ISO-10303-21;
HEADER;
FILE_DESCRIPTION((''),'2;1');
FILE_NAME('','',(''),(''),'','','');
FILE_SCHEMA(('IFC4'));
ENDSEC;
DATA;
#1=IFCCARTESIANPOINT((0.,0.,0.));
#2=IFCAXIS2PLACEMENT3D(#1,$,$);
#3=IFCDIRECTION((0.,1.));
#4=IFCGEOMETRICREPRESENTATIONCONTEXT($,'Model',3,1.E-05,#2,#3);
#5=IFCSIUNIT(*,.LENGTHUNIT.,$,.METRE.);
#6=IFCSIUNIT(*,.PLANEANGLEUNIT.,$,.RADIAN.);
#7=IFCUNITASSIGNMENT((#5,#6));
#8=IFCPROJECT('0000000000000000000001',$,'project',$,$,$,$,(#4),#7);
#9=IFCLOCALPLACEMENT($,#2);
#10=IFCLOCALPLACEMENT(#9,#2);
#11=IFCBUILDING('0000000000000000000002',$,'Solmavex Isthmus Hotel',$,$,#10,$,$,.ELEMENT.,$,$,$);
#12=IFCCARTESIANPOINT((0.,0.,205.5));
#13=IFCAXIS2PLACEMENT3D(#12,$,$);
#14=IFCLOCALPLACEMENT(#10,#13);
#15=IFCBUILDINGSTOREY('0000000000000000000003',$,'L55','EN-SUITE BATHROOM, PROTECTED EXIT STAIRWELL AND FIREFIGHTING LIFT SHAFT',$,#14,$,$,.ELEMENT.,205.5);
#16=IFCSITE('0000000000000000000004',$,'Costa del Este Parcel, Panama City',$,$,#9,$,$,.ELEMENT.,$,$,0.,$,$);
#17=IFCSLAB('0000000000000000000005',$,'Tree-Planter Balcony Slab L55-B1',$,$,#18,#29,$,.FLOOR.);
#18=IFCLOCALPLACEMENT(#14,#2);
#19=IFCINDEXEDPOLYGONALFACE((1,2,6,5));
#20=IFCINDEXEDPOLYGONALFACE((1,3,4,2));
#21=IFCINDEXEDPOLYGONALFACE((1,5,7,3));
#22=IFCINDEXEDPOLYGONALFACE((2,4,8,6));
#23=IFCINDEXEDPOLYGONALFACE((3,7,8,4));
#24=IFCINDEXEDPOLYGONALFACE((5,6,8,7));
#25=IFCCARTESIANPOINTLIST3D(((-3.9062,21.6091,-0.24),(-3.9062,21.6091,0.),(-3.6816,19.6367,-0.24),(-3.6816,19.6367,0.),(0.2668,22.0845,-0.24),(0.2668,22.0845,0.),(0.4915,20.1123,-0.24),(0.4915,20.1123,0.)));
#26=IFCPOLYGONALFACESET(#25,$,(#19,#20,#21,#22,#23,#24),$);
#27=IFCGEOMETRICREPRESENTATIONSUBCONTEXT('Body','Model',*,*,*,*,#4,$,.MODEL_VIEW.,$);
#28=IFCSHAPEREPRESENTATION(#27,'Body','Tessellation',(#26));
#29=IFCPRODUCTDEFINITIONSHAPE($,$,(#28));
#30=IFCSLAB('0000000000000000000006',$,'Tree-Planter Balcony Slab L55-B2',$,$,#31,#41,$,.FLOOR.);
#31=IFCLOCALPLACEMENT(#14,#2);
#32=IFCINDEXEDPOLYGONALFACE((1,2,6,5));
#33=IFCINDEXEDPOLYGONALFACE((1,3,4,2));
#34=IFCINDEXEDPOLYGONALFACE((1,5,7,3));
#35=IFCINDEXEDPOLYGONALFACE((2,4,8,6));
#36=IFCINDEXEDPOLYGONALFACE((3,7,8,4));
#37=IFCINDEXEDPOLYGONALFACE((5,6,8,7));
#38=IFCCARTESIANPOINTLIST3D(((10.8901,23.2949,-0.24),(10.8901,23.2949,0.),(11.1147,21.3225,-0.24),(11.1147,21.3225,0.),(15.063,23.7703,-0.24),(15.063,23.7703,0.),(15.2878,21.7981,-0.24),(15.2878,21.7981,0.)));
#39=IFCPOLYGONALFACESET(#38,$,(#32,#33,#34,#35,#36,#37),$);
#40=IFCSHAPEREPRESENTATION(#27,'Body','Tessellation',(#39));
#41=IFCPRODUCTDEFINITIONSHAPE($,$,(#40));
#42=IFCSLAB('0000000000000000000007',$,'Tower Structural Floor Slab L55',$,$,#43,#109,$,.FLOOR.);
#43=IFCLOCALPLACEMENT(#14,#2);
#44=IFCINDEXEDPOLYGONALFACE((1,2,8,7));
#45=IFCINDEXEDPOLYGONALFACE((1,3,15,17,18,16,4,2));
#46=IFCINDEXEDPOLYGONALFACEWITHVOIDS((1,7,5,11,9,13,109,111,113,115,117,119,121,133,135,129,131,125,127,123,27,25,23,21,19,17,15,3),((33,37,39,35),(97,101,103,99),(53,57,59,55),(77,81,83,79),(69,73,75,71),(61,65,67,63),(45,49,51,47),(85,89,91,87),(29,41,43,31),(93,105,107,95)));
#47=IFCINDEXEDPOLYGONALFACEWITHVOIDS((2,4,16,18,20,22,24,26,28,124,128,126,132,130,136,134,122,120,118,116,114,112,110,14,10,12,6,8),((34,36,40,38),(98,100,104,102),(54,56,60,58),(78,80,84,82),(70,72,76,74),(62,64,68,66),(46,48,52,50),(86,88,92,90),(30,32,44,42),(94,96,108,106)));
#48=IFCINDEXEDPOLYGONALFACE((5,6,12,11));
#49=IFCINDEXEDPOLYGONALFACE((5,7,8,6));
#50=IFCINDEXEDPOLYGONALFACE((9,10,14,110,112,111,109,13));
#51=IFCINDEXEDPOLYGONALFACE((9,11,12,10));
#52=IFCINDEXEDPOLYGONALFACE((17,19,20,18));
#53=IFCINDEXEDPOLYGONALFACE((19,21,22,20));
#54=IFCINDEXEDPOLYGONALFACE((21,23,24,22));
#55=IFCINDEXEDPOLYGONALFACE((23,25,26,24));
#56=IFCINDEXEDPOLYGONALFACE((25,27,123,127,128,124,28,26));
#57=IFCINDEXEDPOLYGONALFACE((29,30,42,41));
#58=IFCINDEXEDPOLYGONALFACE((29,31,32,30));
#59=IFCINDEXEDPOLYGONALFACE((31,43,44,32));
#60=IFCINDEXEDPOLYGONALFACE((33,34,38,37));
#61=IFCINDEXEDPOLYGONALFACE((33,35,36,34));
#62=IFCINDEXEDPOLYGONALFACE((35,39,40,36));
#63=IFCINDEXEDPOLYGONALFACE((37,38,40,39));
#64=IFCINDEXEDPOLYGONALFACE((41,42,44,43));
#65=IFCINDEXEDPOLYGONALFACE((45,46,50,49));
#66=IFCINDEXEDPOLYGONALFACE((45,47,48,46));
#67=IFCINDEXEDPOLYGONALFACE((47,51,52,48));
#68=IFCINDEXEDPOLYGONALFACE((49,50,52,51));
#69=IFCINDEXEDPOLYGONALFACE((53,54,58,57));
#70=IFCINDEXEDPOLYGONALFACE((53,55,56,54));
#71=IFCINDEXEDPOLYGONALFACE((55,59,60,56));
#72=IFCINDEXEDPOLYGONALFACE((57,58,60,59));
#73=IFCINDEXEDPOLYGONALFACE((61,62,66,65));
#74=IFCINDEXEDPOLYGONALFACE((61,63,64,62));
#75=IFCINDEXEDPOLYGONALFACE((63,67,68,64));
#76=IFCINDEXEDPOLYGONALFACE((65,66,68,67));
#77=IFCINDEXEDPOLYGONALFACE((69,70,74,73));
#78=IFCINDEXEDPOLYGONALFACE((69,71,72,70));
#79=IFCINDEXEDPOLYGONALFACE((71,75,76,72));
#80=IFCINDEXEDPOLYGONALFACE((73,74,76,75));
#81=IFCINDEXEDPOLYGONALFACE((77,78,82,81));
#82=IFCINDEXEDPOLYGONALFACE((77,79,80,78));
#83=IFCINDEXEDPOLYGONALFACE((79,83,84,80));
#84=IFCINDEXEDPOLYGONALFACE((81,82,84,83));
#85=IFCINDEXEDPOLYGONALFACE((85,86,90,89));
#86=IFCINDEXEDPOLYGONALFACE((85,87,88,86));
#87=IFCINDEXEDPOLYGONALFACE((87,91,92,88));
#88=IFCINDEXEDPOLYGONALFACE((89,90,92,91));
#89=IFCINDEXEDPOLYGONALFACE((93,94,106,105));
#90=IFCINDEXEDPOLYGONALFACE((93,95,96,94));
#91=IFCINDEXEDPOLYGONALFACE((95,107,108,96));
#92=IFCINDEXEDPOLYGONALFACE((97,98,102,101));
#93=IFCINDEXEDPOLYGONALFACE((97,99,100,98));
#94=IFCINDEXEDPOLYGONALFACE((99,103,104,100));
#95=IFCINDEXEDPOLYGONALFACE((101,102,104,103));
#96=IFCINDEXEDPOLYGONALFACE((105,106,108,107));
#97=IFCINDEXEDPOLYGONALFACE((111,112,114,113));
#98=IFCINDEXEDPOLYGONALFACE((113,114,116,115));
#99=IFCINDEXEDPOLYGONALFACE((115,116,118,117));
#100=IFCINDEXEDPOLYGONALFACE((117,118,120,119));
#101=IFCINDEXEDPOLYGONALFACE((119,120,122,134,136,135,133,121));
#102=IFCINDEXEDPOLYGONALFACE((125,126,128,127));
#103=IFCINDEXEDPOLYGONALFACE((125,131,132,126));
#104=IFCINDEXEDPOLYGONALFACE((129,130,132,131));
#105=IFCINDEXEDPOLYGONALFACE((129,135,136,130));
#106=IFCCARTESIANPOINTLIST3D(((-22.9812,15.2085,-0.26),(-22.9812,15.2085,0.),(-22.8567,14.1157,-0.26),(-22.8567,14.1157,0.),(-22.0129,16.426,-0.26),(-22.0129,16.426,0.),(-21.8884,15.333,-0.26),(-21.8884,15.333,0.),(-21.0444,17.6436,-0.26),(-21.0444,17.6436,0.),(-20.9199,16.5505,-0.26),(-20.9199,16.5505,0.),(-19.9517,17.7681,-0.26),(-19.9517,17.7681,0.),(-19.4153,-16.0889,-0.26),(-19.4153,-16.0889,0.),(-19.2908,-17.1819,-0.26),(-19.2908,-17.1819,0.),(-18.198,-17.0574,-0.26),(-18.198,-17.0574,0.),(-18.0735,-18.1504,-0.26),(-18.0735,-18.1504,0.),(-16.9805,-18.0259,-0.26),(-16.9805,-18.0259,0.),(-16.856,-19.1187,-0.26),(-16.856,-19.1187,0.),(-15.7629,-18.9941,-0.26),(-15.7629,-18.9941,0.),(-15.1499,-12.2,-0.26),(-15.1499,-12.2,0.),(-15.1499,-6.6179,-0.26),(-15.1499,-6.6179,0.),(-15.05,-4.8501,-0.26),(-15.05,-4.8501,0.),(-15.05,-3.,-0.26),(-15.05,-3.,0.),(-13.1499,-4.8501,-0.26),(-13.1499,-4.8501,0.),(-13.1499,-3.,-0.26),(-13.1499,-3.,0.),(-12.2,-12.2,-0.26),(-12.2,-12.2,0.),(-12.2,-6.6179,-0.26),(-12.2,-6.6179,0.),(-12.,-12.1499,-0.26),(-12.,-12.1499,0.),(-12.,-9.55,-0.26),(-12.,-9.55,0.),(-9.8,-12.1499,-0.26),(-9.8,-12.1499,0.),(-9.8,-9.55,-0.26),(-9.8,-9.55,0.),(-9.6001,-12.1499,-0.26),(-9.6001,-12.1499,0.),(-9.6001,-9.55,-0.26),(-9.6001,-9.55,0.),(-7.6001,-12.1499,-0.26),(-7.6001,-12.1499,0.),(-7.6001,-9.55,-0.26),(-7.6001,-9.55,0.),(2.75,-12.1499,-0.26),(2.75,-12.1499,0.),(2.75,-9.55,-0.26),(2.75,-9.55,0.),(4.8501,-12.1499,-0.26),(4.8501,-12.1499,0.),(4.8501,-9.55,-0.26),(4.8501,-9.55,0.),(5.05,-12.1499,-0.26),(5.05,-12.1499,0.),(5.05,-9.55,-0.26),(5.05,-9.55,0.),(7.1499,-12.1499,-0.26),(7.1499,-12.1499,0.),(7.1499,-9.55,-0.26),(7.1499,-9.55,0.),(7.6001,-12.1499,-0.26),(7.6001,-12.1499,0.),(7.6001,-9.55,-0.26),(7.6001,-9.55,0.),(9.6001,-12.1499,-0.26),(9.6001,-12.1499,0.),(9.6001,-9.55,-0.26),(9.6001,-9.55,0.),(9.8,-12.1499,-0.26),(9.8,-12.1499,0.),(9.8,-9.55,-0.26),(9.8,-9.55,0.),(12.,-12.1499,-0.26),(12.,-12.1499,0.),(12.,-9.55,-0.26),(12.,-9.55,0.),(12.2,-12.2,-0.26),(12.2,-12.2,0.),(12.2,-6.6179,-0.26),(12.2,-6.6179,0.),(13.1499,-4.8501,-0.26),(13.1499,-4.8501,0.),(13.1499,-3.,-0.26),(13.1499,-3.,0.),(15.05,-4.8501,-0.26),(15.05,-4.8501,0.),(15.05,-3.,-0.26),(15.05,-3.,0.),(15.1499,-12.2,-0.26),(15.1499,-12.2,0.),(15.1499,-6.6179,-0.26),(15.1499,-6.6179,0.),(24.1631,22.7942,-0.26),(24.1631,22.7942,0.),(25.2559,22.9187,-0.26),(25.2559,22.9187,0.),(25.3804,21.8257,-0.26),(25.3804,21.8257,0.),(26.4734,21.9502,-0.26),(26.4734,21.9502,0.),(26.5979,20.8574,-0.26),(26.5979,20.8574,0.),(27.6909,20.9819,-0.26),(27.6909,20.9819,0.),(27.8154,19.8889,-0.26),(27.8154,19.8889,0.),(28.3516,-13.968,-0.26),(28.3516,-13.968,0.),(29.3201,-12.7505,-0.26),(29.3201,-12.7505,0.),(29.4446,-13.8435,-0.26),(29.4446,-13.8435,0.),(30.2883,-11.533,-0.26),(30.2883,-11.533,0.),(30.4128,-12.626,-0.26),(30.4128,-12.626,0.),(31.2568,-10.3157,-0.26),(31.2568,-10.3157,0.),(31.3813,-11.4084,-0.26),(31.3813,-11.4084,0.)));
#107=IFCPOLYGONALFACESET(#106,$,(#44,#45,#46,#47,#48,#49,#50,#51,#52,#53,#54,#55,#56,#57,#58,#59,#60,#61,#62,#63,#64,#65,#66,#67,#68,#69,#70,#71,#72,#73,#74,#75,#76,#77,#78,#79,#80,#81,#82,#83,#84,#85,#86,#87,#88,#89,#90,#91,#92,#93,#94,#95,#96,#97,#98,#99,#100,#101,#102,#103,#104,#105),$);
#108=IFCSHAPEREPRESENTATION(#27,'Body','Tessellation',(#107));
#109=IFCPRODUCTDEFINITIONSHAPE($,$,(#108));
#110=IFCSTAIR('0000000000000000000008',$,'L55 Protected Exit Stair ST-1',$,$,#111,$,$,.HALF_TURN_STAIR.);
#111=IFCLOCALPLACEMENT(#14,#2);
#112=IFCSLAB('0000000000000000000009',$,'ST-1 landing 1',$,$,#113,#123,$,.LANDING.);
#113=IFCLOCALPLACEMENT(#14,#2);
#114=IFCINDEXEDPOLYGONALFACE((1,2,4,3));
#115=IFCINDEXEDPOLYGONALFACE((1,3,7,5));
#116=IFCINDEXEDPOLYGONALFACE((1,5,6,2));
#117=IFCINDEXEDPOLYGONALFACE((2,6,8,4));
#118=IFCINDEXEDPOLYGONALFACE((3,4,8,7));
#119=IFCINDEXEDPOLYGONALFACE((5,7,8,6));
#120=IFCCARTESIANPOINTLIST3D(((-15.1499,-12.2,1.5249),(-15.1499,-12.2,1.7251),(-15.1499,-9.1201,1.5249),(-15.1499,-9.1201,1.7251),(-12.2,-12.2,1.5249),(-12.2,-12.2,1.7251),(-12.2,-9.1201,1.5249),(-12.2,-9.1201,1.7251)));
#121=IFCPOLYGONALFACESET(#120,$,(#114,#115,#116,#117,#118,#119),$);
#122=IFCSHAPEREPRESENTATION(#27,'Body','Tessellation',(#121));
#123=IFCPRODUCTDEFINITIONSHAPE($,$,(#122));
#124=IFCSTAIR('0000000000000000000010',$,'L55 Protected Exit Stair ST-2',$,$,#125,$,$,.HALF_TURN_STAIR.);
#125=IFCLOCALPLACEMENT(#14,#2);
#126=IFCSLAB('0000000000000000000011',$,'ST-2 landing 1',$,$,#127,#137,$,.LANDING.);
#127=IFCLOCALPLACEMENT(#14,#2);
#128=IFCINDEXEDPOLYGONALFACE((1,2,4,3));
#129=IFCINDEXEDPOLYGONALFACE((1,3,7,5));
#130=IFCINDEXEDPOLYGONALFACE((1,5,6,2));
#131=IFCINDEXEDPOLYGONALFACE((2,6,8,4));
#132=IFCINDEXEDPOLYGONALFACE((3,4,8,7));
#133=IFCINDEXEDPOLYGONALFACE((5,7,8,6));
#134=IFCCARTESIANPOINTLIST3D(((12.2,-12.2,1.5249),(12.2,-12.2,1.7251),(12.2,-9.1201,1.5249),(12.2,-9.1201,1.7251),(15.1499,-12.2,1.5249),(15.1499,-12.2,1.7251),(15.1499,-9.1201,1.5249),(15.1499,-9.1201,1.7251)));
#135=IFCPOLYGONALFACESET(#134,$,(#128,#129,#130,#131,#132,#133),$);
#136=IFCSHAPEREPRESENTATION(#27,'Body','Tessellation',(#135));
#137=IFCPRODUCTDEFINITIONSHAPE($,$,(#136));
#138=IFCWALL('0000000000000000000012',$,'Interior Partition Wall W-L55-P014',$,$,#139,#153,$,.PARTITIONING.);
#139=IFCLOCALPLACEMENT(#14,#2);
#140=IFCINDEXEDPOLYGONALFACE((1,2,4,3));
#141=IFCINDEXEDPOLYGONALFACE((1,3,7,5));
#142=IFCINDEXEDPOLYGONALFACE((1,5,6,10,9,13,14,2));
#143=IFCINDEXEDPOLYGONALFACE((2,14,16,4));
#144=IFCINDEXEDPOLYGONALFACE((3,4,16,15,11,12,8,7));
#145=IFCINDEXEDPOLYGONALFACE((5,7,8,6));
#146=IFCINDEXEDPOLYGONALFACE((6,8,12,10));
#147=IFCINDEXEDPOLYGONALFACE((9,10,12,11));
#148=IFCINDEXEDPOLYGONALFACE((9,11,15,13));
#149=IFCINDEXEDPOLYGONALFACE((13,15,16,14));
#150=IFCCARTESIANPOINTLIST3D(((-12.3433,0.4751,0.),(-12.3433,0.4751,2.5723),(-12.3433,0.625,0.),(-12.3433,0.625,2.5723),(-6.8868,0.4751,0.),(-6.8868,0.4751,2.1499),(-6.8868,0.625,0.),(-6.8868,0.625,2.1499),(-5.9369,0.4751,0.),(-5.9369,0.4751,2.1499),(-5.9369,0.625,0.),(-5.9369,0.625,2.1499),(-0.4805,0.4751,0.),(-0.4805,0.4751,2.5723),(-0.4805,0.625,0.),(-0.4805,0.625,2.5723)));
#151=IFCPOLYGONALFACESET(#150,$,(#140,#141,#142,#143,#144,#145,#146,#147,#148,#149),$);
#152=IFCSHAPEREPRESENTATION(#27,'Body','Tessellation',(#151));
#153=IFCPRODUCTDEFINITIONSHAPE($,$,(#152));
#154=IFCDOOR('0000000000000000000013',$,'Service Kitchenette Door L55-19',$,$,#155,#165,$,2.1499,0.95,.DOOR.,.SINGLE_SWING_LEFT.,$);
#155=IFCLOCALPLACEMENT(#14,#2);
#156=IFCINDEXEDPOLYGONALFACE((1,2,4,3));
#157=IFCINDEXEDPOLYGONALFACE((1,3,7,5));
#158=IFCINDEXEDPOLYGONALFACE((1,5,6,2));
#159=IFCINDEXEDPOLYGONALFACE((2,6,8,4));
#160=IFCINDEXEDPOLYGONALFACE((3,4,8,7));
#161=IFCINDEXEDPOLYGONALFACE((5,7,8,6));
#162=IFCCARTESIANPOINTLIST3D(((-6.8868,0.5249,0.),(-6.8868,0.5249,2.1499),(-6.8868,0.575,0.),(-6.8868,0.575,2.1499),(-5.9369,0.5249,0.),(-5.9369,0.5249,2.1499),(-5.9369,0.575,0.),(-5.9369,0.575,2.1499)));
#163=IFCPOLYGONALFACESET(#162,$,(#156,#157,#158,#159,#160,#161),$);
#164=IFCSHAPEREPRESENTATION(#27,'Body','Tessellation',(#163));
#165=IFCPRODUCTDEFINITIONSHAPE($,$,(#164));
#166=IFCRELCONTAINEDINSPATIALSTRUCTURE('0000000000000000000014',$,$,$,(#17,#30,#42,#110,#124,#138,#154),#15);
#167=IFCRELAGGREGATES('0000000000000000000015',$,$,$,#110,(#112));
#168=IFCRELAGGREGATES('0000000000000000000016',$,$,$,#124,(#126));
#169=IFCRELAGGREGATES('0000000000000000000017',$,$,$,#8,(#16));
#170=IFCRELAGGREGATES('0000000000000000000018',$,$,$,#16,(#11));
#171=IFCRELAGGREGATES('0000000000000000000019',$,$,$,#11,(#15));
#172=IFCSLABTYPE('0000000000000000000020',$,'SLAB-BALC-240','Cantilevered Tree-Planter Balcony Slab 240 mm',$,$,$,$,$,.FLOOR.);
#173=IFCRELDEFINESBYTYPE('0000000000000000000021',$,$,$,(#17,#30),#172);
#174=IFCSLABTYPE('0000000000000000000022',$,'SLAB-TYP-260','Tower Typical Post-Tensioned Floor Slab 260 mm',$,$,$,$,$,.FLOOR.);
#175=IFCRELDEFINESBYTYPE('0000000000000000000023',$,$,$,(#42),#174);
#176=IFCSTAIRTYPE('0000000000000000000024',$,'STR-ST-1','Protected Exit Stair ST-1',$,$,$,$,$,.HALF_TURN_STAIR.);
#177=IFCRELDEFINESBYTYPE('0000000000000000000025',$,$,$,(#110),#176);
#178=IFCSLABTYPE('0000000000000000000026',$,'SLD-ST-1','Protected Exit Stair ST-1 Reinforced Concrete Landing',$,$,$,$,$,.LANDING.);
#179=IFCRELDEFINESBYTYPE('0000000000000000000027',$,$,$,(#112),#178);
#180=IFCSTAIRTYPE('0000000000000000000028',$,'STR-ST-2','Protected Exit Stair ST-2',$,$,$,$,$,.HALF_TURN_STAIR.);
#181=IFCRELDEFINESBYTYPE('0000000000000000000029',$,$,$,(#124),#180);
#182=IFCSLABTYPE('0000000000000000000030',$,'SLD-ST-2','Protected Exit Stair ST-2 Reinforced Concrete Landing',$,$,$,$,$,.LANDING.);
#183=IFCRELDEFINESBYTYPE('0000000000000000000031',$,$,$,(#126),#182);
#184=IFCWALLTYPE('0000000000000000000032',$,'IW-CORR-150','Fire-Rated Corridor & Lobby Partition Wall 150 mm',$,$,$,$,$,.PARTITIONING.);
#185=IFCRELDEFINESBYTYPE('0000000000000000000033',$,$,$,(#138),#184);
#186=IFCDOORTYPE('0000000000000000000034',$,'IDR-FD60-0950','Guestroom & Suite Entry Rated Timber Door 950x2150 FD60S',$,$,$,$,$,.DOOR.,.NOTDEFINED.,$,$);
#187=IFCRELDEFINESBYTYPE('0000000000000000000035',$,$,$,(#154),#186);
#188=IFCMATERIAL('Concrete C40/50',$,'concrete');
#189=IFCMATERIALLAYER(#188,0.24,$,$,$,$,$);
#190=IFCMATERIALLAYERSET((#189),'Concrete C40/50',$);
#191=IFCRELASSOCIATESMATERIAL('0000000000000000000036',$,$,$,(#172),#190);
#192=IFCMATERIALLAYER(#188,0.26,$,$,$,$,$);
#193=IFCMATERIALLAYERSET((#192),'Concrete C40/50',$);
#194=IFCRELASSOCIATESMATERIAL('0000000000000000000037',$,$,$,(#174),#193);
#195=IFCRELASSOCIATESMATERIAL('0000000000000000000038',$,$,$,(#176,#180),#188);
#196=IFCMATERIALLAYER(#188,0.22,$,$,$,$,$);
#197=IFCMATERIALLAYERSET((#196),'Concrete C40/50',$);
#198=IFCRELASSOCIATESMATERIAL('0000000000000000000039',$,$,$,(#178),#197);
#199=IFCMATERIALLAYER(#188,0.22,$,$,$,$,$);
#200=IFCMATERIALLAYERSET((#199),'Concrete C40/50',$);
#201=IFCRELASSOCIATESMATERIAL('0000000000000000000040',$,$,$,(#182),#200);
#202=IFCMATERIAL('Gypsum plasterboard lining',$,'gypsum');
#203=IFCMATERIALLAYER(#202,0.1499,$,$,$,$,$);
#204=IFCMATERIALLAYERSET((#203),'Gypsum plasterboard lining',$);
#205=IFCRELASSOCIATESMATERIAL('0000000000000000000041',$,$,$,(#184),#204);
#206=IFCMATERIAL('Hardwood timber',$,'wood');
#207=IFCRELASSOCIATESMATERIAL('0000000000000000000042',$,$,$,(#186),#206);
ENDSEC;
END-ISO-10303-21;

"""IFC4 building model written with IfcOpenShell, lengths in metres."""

from ifc_helpers import new_model, si_unit, direction, frame, frame_2d, origin, place, context, subcontext, project, spatial, polyline, rectangle, outline, extrude, material, layer, layer_set, type_object, element, fill, aggregate, save


model = new_model("IFC4")

# Units and contexts
model_context = context("Model", 3, precision=1e-05, world=origin(), true_north=direction((0.0, 1.0)))
body_context = subcontext(model_context, "Body", "Model", "MODEL_VIEW")
ifc_project = project(units=[si_unit("LENGTHUNIT", "METRE"), si_unit("PLANEANGLEUNIT", "RADIAN")], contexts=[model_context])

# Site, building, storey
site_placement = place(None, origin())
site = spatial("IfcSite", under=ifc_project, at=site_placement, Name="Costa del Este Parcel, Panama City", CompositionType="ELEMENT", RefElevation=0.0)
building_placement = place(site_placement, origin())
building = spatial("IfcBuilding", under=site, at=building_placement, Name="Solmavex Isthmus Hotel", CompositionType="ELEMENT")
storey_placement = place(building_placement, frame((0.0, 0.0, 205.5)))
storey = spatial("IfcBuildingStorey", under=building, at=storey_placement, Name="L55", Description="EN-SUITE BATHROOM, PROTECTED EXIT STAIRWELL AND FIREFIGHTING LIFT SHAFT", CompositionType="ELEMENT", Elevation=205.5)

# Slabs
ifc_material_1 = material(Name="Concrete C40/50", Category="concrete")
ifc_layer_1 = layer(ifc_material_1, 0.24)
ifc_layer_set_1 = layer_set([ifc_layer_1], Name="Concrete C40/50")
slab_type_1 = type_object("IfcSlabType", Name="SLAB-BALC-240", Description="Cantilevered Tree-Planter Balcony Slab 240 mm", PredefinedType="FLOOR", material=ifc_layer_set_1)
slab_1_placement = place(storey_placement, frame((0.0, 0.0, -0.24)))
element("IfcSlab", 1, at=slab_1_placement, inside=storey, type_object=slab_type_1, Name="Tree-Planter Balcony Slab L55-B1", PredefinedType="FLOOR", context=body_context, shape_type="SweptSolid", body=[
    extrude(outline(polyline([(-3.6816, 19.6367), (0.4915, 20.1123), (0.2668, 22.0845), (-3.9062, 21.6091), (-3.6816, 19.6367)])), origin(), (0.0, 0.0, 1.0), 0.24),
])
slab_2_placement = place(storey_placement, frame((0.0, 0.0, -0.24)))
element("IfcSlab", 2, at=slab_2_placement, inside=storey, type_object=slab_type_1, Name="Tree-Planter Balcony Slab L55-B2", PredefinedType="FLOOR", context=body_context, shape_type="SweptSolid", body=[
    extrude(outline(polyline([(11.1147, 21.3225), (15.2878, 21.7981), (15.063, 23.7703), (10.8901, 23.2949), (11.1147, 21.3225)])), origin(), (0.0, 0.0, 1.0), 0.24),
])
ifc_layer_2 = layer(ifc_material_1, 0.26)
ifc_layer_set_2 = layer_set([ifc_layer_2], Name="Concrete C40/50")
slab_type_2 = type_object("IfcSlabType", Name="SLAB-TYP-260", Description="Tower Typical Post-Tensioned Floor Slab 260 mm", PredefinedType="FLOOR", material=ifc_layer_set_2)
slab_3_placement = place(storey_placement, frame((0.0, 0.0, -0.26)))
element("IfcSlab", 3, at=slab_3_placement, inside=storey, type_object=slab_type_2, Name="Tower Structural Floor Slab L55", PredefinedType="FLOOR", context=body_context, shape_type="SweptSolid", body=[
    extrude(outline(polyline([(-15.7629, -18.9941), (28.3516, -13.968), (29.4446, -13.8435), (29.3201, -12.7505), (30.4128, -12.626), (30.2883, -11.533), (31.3813, -11.4084), (31.2568, -10.3157), (27.8154, 19.8889), (27.6909, 20.9819), (26.5979, 20.8574), (26.4734, 21.9502), (25.3804, 21.8257), (25.2559, 22.9187), (24.1631, 22.7942), (-19.9517, 17.7681), (-21.0444, 17.6436), (-20.9199, 16.5505), (-22.0129, 16.426), (-21.8884, 15.333), (-22.9812, 15.2085), (-22.8567, 14.1157), (-19.4153, -16.0889), (-19.2908, -17.1819), (-18.198, -17.0574), (-18.0735, -18.1504), (-16.9805, -18.0259), (-16.856, -19.1187), (-15.7629, -18.9941)]), holes=[polyline([(-15.1499, -6.6179), (-15.1499, -12.2), (-12.2, -12.2), (-12.2, -6.6179), (-15.1499, -6.6179)]), polyline([(12.2, -6.6179), (12.2, -12.2), (15.1499, -12.2), (15.1499, -6.6179), (12.2, -6.6179)]), polyline([(-12.0, -12.1499), (-9.8, -12.1499), (-9.8, -9.55), (-12.0, -9.55), (-12.0, -12.1499)]), polyline([(9.8, -12.1499), (12.0, -12.1499), (12.0, -9.55), (9.8, -9.55), (9.8, -12.1499)]), polyline([(-9.6001, -12.1499), (-7.6001, -12.1499), (-7.6001, -9.55), (-9.6001, -9.55), (-9.6001, -12.1499)]), polyline([(7.6001, -12.1499), (9.6001, -12.1499), (9.6001, -9.55), (7.6001, -9.55), (7.6001, -12.1499)]), polyline([(2.75, -12.1499), (4.8501, -12.1499), (4.8501, -9.55), (2.75, -9.55), (2.75, -12.1499)]), polyline([(5.05, -12.1499), (7.1499, -12.1499), (7.1499, -9.55), (5.05, -9.55), (5.05, -12.1499)]), polyline([(-15.05, -4.8501), (-13.1499, -4.8501), (-13.1499, -3.0), (-15.05, -3.0), (-15.05, -4.8501)]), polyline([(13.1499, -4.8501), (15.05, -4.8501), (15.05, -3.0), (13.1499, -3.0), (13.1499, -4.8501)])]), origin(), (0.0, 0.0, 1.0), 0.26),
])

# Stairs, slabs
stair_type_1 = type_object("IfcStairType", Name="STR-ST-1", Description="Protected Exit Stair ST-1", PredefinedType="HALF_TURN_STAIR", material=ifc_material_1)
stair_1_placement = place(storey_placement, origin())
stair_1 = element("IfcStair", 4, at=stair_1_placement, inside=storey, type_object=stair_type_1, Name="L55 Protected Exit Stair ST-1", PredefinedType="HALF_TURN_STAIR")
ifc_layer_3 = layer(ifc_material_1, 0.22)
ifc_layer_set_3 = layer_set([ifc_layer_3], Name="Concrete C40/50")
slab_type_3 = type_object("IfcSlabType", Name="SLD-ST-1", Description="Protected Exit Stair ST-1 Reinforced Concrete Landing", PredefinedType="LANDING", material=ifc_layer_set_3)
slab_4_placement = place(storey_placement, frame((0.0, 0.0, 1.5249)))
slab_4 = element("IfcSlab", 5, at=slab_4_placement, type_object=slab_type_3, Name="ST-1 landing 1", PredefinedType="LANDING", context=body_context, shape_type="SweptSolid", body=[
    extrude(outline(polyline([(-15.1499, -9.1201), (-15.1499, -12.2), (-12.2, -12.2), (-12.2, -9.1201), (-15.1499, -9.1201)])), origin(), (0.0, 0.0, 1.0), 0.2002),
])
aggregate(stair_1, [slab_4])
stair_type_2 = type_object("IfcStairType", Name="STR-ST-2", Description="Protected Exit Stair ST-2", PredefinedType="HALF_TURN_STAIR", material=ifc_material_1)
stair_2_placement = place(storey_placement, origin())
stair_2 = element("IfcStair", 6, at=stair_2_placement, inside=storey, type_object=stair_type_2, Name="L55 Protected Exit Stair ST-2", PredefinedType="HALF_TURN_STAIR")
ifc_layer_4 = layer(ifc_material_1, 0.22)
ifc_layer_set_4 = layer_set([ifc_layer_4], Name="Concrete C40/50")
slab_type_4 = type_object("IfcSlabType", Name="SLD-ST-2", Description="Protected Exit Stair ST-2 Reinforced Concrete Landing", PredefinedType="LANDING", material=ifc_layer_set_4)
slab_5_placement = place(storey_placement, frame((0.0, 0.0, 1.5249)))
slab_5 = element("IfcSlab", 7, at=slab_5_placement, type_object=slab_type_4, Name="ST-2 landing 1", PredefinedType="LANDING", context=body_context, shape_type="SweptSolid", body=[
    extrude(outline(polyline([(12.2, -9.1201), (12.2, -12.2), (15.1499, -12.2), (15.1499, -9.1201), (12.2, -9.1201)])), origin(), (0.0, 0.0, 1.0), 0.2002),
])
aggregate(stair_2, [slab_5])

# Wall, opening, door
ifc_material_2 = material(Name="Gypsum plasterboard lining", Category="gypsum")
ifc_layer_5 = layer(ifc_material_2, 0.1499)
ifc_layer_set_5 = layer_set([ifc_layer_5], Name="Gypsum plasterboard lining")
wall_type = type_object("IfcWallType", Name="IW-CORR-150", Description="Fire-Rated Corridor & Lobby Partition Wall 150 mm", PredefinedType="PARTITIONING", material=ifc_layer_set_5)
wall_1_placement = place(storey_placement, frame((-12.3433, 0.55, 0.0), z_axis=(0.0, 0.0, 1.0), x_axis=(1.0, 0.0, 0.0)))
wall_1 = element("IfcWall", 8, at=wall_1_placement, inside=storey, type_object=wall_type, Name="Interior Partition Wall W-L55-P014", PredefinedType="PARTITIONING", context=body_context, shape_type="SweptSolid", body=[
    extrude(rectangle(XDim=11.8628, YDim=0.1499, at=frame_2d((5.9314, 0.0))), origin(), (0.0, 0.0, 1.0), 2.5723),
])
opening_placement = place(wall_1_placement, frame((5.4563, 0.0, 0.0)))
opening = element("IfcOpeningElement", 9, at=opening_placement, cuts=wall_1, PredefinedType="OPENING", context=body_context, shape_type="SweptSolid", body=[
    extrude(rectangle(XDim=0.95, YDim=2.1499, at=frame_2d((0.4751, 1.075))), frame((0.0, 0.085, 0.0), z_axis=(0.0, -1.0, 0.0), x_axis=(1.0, 0.0, 0.0)), (0.0, 0.0, 1.0), 0.1699),
])
ifc_material_3 = material(Name="Hardwood timber", Category="wood")
door_type = type_object("IfcDoorType", Name="IDR-FD60-0950", Description="Guestroom & Suite Entry Rated Timber Door 950x2150 FD60S", OperationType="NOTDEFINED", PredefinedType="DOOR", material=ifc_material_3)
door_placement = place(opening_placement, origin())
door = element("IfcDoor", 10, at=door_placement, inside=storey, type_object=door_type, Name="Service Kitchenette Door L55-19", OperationType="SINGLE_SWING_LEFT", OverallHeight=2.1499, OverallWidth=0.95, PredefinedType="DOOR", context=body_context, shape_type="SweptSolid", body=[
    extrude(rectangle(XDim=0.95, YDim=2.1499, at=frame_2d((0.4751, 1.075))), frame((0.0, 0.0249, 0.0), z_axis=(0.0, -1.0, 0.0), x_axis=(1.0, 0.0, 0.0)), (0.0, 0.0, 1.0), 0.05),
])
fill(opening, door)

save(model, "model.ifc")
